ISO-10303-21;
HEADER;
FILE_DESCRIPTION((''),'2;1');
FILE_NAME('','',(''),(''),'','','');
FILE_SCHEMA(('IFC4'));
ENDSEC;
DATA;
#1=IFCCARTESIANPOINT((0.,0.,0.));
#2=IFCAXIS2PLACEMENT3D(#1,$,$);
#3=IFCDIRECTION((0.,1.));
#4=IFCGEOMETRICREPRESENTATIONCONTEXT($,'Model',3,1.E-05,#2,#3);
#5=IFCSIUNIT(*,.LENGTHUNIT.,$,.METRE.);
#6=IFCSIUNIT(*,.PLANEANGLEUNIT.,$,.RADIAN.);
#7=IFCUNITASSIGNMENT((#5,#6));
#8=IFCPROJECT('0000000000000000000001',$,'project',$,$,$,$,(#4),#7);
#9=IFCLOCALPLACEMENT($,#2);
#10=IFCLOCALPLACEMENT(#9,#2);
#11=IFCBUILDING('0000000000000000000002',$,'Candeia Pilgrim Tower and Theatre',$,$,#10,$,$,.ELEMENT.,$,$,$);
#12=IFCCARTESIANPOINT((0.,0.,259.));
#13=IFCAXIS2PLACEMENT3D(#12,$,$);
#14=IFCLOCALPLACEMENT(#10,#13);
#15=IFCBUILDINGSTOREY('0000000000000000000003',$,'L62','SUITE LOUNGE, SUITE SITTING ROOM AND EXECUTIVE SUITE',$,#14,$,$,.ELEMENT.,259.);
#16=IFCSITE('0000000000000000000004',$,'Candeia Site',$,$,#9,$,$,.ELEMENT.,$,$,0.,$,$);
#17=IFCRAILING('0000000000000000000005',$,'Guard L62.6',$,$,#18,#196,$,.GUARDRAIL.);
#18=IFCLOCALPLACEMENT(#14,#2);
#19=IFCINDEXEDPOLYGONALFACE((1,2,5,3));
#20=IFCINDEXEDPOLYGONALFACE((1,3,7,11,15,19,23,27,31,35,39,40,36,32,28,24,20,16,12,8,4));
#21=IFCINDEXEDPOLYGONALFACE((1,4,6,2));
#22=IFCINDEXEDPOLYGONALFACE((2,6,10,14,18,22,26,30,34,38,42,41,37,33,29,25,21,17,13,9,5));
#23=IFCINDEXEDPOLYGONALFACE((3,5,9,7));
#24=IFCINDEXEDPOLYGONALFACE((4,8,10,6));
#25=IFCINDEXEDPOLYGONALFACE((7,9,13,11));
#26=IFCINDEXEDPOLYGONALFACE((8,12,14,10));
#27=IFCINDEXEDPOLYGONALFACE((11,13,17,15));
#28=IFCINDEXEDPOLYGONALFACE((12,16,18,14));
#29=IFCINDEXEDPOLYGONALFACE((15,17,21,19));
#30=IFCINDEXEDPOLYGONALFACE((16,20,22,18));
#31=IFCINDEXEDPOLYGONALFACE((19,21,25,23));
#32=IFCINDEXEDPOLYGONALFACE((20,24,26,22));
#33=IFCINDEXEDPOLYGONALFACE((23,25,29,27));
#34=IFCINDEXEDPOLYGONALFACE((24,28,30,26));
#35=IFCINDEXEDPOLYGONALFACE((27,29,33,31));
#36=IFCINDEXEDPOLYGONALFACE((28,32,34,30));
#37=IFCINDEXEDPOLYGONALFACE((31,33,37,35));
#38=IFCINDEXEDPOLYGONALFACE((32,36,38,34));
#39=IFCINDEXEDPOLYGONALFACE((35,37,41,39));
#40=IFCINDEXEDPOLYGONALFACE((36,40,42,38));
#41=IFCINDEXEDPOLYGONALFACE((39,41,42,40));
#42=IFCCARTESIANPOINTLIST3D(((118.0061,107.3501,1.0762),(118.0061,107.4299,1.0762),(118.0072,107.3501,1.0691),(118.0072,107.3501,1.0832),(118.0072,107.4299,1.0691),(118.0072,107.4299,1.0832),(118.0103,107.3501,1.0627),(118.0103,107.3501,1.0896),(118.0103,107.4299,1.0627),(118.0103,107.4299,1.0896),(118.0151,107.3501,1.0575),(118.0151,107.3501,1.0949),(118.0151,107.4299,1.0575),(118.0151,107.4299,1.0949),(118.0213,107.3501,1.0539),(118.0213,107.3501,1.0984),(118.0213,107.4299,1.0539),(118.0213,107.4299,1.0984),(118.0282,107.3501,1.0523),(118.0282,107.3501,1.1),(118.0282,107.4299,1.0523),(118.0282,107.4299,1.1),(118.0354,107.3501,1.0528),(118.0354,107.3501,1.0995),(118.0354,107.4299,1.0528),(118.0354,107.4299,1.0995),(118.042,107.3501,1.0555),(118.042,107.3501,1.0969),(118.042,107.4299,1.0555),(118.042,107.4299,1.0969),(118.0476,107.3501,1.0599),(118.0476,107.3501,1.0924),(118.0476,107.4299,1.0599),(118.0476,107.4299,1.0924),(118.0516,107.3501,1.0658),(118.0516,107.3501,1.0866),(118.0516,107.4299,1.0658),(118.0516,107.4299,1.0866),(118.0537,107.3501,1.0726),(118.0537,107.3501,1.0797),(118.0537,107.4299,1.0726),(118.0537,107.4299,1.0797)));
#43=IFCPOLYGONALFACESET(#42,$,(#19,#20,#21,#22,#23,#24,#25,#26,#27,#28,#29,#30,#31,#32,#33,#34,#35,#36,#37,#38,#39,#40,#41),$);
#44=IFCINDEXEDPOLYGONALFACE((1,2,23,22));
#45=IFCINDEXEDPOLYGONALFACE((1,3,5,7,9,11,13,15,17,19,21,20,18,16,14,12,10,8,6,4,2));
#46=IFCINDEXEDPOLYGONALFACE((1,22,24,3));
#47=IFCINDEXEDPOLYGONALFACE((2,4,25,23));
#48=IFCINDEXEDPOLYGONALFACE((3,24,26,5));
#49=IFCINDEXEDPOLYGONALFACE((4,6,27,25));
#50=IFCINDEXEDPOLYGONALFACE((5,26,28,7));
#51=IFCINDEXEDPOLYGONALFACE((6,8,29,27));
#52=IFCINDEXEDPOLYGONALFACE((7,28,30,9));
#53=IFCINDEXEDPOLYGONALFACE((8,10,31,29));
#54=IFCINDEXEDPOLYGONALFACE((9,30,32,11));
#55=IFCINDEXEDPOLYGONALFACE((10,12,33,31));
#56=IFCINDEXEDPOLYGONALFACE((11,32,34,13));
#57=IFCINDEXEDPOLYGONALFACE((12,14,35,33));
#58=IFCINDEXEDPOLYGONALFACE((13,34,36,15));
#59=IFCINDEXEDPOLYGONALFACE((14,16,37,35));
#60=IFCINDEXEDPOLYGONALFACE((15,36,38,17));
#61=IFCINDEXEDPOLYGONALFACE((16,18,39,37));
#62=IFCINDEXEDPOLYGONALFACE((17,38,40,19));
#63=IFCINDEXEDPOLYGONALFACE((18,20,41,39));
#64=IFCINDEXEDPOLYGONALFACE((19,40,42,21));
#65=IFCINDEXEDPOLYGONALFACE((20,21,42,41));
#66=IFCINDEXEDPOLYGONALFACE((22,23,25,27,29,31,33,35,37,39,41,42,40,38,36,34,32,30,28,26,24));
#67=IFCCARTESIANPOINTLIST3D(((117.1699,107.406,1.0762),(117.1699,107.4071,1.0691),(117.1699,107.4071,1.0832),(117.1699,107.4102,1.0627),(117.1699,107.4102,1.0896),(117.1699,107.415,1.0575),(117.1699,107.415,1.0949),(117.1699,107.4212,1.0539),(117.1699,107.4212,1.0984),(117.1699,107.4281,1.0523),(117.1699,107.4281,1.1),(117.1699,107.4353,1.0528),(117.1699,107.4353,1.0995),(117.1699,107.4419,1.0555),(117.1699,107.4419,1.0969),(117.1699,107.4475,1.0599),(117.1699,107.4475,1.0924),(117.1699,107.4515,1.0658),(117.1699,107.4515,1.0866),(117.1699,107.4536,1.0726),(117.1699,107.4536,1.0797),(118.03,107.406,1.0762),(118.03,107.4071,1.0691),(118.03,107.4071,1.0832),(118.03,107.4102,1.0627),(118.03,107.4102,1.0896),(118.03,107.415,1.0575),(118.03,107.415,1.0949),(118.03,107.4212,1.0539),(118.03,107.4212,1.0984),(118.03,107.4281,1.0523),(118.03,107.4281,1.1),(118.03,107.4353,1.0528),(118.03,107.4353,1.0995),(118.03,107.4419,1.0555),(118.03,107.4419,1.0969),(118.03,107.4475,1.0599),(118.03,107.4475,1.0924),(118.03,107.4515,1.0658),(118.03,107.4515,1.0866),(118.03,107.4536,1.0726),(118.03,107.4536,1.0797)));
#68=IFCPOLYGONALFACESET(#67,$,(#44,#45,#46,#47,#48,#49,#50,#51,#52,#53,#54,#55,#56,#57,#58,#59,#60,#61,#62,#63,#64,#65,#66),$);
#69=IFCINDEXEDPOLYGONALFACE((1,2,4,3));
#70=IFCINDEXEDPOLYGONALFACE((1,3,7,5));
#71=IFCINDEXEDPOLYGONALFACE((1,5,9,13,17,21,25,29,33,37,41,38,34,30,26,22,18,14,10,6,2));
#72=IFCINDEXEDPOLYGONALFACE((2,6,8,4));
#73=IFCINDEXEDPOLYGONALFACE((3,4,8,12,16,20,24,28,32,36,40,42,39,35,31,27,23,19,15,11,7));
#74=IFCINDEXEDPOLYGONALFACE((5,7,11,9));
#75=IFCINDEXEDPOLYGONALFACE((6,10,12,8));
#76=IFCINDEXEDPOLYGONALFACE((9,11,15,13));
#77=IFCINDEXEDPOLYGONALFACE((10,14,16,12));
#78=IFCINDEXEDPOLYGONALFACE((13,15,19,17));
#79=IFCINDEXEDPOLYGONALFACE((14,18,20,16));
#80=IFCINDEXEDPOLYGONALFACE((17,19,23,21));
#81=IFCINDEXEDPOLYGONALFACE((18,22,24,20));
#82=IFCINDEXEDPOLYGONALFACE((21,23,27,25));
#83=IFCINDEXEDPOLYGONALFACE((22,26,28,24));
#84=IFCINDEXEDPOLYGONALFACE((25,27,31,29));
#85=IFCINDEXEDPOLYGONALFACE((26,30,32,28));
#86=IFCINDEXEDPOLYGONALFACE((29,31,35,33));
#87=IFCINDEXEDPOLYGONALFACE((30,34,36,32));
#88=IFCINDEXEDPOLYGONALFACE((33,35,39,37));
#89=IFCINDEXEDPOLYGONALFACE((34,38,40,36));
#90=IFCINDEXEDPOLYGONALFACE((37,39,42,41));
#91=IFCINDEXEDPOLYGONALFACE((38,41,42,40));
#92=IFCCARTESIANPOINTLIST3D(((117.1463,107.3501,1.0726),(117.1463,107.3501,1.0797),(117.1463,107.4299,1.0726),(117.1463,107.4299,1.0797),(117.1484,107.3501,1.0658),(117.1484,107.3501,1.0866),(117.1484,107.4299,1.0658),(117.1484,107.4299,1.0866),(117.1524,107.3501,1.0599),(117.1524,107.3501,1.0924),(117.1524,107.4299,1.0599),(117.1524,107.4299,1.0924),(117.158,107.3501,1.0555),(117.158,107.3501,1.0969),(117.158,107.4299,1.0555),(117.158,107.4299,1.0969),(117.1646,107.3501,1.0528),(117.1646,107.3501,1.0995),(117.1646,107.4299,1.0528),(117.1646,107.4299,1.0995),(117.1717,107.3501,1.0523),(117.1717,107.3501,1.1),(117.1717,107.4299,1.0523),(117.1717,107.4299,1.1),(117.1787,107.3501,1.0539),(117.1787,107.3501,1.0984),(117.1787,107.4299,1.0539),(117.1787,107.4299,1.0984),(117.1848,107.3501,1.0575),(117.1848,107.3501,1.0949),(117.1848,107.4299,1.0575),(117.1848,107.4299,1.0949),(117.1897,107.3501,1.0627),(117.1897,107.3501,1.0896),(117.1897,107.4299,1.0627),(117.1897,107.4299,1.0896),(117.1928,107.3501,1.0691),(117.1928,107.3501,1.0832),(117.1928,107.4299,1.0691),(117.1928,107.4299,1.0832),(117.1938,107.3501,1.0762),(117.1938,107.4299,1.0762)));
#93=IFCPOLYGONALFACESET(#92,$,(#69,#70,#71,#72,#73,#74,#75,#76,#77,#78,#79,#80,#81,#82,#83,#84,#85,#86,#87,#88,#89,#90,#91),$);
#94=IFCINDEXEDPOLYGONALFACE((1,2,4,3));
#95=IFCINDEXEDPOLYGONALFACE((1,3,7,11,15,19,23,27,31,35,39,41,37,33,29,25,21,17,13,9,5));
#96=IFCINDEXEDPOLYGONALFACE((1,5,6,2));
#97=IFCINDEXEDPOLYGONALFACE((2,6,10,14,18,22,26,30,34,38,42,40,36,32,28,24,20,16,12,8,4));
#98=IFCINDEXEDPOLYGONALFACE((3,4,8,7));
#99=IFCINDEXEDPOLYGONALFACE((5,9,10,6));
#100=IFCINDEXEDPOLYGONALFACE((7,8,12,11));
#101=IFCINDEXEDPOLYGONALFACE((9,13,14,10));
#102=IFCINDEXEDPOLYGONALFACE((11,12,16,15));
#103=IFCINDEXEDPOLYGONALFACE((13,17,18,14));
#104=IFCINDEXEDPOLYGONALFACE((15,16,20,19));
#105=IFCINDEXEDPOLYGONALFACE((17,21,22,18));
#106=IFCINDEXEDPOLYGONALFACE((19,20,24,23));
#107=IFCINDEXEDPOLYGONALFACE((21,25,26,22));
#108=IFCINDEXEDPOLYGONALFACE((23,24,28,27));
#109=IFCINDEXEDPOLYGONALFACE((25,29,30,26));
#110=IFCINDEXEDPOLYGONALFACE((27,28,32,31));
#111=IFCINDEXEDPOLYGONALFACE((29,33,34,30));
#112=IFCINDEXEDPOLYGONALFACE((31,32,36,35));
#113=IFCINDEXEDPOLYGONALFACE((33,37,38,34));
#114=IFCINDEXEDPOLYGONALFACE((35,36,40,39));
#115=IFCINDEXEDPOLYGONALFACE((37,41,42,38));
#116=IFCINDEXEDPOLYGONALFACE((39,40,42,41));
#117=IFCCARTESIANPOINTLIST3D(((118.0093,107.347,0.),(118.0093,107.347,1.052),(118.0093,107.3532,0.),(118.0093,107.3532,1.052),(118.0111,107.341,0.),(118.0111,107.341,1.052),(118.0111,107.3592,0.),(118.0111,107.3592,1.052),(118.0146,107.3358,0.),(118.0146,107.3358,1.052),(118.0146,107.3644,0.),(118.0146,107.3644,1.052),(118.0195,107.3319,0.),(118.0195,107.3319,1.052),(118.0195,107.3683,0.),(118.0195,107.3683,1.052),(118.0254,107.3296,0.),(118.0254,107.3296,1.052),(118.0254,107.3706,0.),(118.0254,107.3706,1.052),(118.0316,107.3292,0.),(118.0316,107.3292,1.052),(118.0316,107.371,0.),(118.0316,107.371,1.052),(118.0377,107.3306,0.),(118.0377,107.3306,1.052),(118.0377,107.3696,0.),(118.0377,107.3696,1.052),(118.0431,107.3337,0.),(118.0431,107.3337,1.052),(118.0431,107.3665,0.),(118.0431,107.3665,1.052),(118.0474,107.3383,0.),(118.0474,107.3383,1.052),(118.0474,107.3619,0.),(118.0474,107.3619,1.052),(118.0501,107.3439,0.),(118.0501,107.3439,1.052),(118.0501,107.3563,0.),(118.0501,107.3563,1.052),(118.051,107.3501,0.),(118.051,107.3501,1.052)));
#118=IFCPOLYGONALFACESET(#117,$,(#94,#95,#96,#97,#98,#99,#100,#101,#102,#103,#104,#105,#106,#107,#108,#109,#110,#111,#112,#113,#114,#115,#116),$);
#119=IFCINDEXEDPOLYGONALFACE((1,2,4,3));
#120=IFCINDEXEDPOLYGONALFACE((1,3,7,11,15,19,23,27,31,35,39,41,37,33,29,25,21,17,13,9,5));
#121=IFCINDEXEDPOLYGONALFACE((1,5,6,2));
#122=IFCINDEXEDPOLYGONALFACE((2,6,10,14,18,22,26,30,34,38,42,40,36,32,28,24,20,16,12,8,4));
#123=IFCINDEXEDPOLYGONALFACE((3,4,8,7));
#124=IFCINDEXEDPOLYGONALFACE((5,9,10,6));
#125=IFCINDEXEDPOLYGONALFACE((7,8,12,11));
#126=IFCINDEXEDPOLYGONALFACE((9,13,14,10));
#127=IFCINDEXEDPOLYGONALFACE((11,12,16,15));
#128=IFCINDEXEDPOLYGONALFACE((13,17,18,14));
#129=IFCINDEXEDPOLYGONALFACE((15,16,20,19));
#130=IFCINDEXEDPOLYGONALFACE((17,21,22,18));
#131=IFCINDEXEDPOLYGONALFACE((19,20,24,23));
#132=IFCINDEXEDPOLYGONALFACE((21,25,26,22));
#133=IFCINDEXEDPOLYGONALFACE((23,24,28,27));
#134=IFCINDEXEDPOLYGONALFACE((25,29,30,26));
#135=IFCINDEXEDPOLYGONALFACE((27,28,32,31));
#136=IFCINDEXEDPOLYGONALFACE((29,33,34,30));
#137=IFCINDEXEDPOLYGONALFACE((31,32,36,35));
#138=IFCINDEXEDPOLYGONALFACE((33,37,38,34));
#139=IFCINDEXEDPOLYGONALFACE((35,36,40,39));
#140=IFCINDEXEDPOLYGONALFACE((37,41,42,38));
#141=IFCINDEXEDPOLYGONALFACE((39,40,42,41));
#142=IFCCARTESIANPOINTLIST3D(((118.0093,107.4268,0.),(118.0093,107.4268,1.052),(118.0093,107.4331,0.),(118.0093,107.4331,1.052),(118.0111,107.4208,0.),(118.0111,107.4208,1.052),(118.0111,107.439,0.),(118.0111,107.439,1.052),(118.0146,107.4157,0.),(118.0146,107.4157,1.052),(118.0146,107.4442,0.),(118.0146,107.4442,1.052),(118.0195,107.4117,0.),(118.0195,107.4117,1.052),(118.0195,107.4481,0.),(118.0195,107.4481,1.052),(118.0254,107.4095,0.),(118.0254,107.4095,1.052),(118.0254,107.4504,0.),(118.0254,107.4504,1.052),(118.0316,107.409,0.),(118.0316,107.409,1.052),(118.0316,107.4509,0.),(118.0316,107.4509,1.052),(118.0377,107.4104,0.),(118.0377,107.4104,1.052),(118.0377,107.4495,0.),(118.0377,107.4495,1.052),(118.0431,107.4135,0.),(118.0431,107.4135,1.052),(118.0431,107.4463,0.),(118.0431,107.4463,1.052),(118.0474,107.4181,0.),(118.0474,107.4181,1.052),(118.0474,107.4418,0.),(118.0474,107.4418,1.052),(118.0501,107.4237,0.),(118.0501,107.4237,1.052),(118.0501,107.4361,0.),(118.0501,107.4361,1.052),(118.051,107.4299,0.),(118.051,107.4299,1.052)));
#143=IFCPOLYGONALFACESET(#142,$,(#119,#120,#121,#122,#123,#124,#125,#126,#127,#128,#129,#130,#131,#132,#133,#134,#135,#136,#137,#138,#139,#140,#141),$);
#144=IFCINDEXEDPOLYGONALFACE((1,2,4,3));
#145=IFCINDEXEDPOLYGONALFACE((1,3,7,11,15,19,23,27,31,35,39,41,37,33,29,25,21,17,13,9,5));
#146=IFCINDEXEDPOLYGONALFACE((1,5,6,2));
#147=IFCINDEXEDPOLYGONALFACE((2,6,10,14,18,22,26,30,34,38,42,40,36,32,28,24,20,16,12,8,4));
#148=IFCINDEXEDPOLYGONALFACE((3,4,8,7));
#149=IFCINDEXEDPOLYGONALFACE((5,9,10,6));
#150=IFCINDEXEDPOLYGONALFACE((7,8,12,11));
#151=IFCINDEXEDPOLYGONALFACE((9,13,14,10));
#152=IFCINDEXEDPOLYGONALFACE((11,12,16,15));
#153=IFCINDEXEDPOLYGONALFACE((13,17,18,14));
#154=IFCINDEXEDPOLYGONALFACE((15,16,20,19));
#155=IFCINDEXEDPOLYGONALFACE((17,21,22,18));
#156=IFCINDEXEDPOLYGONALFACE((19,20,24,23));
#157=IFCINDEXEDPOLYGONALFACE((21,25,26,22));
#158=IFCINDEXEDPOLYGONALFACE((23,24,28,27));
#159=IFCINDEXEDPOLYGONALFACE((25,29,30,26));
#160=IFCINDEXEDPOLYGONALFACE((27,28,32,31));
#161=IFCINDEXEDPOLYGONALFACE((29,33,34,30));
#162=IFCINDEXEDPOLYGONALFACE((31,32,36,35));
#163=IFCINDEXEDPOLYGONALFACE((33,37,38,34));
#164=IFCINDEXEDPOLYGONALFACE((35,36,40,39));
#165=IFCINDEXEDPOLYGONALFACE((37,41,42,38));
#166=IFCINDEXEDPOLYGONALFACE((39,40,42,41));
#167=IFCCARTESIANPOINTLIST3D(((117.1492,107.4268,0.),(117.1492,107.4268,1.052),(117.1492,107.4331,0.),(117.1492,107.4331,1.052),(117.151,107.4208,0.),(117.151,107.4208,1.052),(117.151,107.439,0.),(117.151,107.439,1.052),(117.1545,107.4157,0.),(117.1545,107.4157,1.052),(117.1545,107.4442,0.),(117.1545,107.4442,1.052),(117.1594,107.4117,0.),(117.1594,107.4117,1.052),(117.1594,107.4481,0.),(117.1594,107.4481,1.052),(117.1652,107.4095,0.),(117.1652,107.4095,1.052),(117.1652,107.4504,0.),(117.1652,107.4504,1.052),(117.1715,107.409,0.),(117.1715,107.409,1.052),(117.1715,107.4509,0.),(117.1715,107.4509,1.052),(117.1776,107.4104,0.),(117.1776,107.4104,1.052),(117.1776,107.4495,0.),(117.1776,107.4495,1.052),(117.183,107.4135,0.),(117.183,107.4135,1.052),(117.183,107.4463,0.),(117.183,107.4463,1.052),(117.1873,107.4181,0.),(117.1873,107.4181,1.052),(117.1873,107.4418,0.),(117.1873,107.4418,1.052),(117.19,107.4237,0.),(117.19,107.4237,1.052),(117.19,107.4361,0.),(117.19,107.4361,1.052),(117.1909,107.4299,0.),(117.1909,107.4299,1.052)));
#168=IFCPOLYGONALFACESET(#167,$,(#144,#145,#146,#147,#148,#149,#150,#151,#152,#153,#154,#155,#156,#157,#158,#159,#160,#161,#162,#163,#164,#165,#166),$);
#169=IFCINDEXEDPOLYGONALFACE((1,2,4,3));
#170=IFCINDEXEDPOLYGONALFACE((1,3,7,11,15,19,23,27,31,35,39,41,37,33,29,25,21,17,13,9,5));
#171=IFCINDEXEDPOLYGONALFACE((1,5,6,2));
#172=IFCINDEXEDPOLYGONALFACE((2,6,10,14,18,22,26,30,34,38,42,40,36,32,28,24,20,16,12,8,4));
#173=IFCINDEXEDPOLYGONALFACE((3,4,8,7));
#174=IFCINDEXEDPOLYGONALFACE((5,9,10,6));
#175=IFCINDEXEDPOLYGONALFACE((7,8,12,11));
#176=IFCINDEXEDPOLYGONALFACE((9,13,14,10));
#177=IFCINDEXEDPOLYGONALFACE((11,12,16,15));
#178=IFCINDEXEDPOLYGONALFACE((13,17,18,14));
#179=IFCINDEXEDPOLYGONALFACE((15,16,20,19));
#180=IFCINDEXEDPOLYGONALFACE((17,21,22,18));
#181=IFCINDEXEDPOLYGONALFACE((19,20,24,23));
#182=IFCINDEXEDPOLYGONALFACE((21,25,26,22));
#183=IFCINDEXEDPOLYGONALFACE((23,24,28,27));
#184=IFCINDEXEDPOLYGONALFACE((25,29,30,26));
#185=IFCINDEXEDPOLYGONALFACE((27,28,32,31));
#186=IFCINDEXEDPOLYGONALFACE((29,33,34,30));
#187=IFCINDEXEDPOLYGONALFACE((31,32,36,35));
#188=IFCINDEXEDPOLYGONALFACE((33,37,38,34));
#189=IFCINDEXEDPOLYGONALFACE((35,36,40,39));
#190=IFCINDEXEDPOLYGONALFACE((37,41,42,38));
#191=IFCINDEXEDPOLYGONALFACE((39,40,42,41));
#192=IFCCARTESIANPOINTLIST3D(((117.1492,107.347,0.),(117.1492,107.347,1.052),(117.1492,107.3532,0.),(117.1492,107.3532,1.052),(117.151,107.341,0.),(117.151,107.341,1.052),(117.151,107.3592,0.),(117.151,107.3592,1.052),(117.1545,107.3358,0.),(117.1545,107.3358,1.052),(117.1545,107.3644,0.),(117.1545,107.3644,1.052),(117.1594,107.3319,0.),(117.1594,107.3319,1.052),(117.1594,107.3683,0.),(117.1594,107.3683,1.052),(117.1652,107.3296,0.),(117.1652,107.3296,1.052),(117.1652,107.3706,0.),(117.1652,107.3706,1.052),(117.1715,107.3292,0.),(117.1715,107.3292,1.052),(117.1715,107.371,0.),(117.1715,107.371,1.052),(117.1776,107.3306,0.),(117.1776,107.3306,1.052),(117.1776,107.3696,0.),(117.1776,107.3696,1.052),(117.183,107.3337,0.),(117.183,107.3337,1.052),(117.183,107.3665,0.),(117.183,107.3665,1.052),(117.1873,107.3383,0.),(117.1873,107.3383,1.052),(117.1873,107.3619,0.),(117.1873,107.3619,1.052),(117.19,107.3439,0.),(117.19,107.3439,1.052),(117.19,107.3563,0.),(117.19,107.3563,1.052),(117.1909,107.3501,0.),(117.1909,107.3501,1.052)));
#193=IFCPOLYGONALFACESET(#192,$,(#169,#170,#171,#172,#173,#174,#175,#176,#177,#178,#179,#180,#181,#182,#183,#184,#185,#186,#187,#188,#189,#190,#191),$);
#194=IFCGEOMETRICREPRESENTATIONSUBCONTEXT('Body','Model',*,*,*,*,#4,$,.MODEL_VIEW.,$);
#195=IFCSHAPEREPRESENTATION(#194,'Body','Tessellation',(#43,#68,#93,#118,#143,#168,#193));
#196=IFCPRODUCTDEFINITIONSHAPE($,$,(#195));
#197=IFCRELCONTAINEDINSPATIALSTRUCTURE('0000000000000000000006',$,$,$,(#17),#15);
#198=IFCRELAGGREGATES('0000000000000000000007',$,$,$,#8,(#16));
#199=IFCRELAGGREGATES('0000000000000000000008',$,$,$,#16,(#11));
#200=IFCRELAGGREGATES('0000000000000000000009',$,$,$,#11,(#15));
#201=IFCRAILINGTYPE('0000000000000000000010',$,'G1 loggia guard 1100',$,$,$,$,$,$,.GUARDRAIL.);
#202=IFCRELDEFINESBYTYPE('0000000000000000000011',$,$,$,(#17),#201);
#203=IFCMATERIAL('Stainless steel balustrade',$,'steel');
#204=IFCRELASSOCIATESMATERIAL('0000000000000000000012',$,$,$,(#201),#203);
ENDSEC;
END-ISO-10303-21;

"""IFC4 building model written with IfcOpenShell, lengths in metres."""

from ifc_helpers import new_model, si_unit, direction, frame, origin, origin_2d, place, context, subcontext, project, spatial, circle, extrude, material, type_object, element, save


model = new_model("IFC4")

# Units and contexts
model_context = context("Model", 3, precision=1e-05, world=origin(), true_north=direction((0.0, 1.0)))
body_context = subcontext(model_context, "Body", "Model", "MODEL_VIEW")
ifc_project = project(units=[si_unit("LENGTHUNIT", "METRE"), si_unit("PLANEANGLEUNIT", "RADIAN")], contexts=[model_context])

# Site, building, storey
site_placement = place(None, origin())
site = spatial("IfcSite", under=ifc_project, at=site_placement, Name="Candeia Site", CompositionType="ELEMENT", RefElevation=0.0)
building_placement = place(site_placement, origin())
building = spatial("IfcBuilding", under=site, at=building_placement, Name="Candeia Pilgrim Tower and Theatre", CompositionType="ELEMENT")
storey_placement = place(building_placement, frame((0.0, 0.0, 259.0)))
storey = spatial("IfcBuildingStorey", under=building, at=storey_placement, Name="L62", Description="SUITE LOUNGE, SUITE SITTING ROOM AND EXECUTIVE SUITE", CompositionType="ELEMENT", Elevation=259.0)

# Railing
ifc_material_1 = material(Name="Stainless steel balustrade", Category="steel")
railing_type = type_object("IfcRailingType", Name="G1 loggia guard 1100", PredefinedType="GUARDRAIL", material=ifc_material_1)
railing_1_placement = place(storey_placement, frame((118.03, 107.3501, 0.0)))
element("IfcRailing", 1, at=railing_1_placement, inside=storey, type_object=railing_type, Name="Guard L62.6", PredefinedType="GUARDRAIL", context=body_context, shape_type="SweptSolid", body=[
    extrude(circle(Radius=0.0239, at=origin_2d()), frame((0.0, 0.0, 1.0762), z_axis=(0.0, 1.0, 0.0), x_axis=(-1.0, 0.0, 0.0)), (0.0, 0.0, 1.0), 0.0798),
    extrude(circle(Radius=0.0239, at=origin_2d()), frame((0.0, 0.0798, 1.0762), z_axis=(-1.0, 0.0, 0.0), x_axis=(0.0, -1.0, 0.0)), (0.0, 0.0, 1.0), 0.8601),
    extrude(circle(Radius=0.0239, at=origin_2d()), frame((-0.8601, 0.0798, 1.0762), z_axis=(0.0, -1.0, 0.0), x_axis=(1.0, 0.0, 0.0)), (0.0, 0.0, 1.0), 0.0798),
    extrude(circle(Radius=0.021, at=origin_2d()), origin(), (0.0, 0.0, 1.0), 1.052),
    extrude(circle(Radius=0.021, at=origin_2d()), frame((0.0, 0.0798, 0.0)), (0.0, 0.0, 1.0), 1.052),
    extrude(circle(Radius=0.021, at=origin_2d()), frame((-0.8601, 0.0798, 0.0)), (0.0, 0.0, 1.0), 1.052),
    extrude(circle(Radius=0.021, at=origin_2d()), frame((-0.8601, 0.0, 0.0)), (0.0, 0.0, 1.0), 1.052),
])

save(model, "model.ifc")
